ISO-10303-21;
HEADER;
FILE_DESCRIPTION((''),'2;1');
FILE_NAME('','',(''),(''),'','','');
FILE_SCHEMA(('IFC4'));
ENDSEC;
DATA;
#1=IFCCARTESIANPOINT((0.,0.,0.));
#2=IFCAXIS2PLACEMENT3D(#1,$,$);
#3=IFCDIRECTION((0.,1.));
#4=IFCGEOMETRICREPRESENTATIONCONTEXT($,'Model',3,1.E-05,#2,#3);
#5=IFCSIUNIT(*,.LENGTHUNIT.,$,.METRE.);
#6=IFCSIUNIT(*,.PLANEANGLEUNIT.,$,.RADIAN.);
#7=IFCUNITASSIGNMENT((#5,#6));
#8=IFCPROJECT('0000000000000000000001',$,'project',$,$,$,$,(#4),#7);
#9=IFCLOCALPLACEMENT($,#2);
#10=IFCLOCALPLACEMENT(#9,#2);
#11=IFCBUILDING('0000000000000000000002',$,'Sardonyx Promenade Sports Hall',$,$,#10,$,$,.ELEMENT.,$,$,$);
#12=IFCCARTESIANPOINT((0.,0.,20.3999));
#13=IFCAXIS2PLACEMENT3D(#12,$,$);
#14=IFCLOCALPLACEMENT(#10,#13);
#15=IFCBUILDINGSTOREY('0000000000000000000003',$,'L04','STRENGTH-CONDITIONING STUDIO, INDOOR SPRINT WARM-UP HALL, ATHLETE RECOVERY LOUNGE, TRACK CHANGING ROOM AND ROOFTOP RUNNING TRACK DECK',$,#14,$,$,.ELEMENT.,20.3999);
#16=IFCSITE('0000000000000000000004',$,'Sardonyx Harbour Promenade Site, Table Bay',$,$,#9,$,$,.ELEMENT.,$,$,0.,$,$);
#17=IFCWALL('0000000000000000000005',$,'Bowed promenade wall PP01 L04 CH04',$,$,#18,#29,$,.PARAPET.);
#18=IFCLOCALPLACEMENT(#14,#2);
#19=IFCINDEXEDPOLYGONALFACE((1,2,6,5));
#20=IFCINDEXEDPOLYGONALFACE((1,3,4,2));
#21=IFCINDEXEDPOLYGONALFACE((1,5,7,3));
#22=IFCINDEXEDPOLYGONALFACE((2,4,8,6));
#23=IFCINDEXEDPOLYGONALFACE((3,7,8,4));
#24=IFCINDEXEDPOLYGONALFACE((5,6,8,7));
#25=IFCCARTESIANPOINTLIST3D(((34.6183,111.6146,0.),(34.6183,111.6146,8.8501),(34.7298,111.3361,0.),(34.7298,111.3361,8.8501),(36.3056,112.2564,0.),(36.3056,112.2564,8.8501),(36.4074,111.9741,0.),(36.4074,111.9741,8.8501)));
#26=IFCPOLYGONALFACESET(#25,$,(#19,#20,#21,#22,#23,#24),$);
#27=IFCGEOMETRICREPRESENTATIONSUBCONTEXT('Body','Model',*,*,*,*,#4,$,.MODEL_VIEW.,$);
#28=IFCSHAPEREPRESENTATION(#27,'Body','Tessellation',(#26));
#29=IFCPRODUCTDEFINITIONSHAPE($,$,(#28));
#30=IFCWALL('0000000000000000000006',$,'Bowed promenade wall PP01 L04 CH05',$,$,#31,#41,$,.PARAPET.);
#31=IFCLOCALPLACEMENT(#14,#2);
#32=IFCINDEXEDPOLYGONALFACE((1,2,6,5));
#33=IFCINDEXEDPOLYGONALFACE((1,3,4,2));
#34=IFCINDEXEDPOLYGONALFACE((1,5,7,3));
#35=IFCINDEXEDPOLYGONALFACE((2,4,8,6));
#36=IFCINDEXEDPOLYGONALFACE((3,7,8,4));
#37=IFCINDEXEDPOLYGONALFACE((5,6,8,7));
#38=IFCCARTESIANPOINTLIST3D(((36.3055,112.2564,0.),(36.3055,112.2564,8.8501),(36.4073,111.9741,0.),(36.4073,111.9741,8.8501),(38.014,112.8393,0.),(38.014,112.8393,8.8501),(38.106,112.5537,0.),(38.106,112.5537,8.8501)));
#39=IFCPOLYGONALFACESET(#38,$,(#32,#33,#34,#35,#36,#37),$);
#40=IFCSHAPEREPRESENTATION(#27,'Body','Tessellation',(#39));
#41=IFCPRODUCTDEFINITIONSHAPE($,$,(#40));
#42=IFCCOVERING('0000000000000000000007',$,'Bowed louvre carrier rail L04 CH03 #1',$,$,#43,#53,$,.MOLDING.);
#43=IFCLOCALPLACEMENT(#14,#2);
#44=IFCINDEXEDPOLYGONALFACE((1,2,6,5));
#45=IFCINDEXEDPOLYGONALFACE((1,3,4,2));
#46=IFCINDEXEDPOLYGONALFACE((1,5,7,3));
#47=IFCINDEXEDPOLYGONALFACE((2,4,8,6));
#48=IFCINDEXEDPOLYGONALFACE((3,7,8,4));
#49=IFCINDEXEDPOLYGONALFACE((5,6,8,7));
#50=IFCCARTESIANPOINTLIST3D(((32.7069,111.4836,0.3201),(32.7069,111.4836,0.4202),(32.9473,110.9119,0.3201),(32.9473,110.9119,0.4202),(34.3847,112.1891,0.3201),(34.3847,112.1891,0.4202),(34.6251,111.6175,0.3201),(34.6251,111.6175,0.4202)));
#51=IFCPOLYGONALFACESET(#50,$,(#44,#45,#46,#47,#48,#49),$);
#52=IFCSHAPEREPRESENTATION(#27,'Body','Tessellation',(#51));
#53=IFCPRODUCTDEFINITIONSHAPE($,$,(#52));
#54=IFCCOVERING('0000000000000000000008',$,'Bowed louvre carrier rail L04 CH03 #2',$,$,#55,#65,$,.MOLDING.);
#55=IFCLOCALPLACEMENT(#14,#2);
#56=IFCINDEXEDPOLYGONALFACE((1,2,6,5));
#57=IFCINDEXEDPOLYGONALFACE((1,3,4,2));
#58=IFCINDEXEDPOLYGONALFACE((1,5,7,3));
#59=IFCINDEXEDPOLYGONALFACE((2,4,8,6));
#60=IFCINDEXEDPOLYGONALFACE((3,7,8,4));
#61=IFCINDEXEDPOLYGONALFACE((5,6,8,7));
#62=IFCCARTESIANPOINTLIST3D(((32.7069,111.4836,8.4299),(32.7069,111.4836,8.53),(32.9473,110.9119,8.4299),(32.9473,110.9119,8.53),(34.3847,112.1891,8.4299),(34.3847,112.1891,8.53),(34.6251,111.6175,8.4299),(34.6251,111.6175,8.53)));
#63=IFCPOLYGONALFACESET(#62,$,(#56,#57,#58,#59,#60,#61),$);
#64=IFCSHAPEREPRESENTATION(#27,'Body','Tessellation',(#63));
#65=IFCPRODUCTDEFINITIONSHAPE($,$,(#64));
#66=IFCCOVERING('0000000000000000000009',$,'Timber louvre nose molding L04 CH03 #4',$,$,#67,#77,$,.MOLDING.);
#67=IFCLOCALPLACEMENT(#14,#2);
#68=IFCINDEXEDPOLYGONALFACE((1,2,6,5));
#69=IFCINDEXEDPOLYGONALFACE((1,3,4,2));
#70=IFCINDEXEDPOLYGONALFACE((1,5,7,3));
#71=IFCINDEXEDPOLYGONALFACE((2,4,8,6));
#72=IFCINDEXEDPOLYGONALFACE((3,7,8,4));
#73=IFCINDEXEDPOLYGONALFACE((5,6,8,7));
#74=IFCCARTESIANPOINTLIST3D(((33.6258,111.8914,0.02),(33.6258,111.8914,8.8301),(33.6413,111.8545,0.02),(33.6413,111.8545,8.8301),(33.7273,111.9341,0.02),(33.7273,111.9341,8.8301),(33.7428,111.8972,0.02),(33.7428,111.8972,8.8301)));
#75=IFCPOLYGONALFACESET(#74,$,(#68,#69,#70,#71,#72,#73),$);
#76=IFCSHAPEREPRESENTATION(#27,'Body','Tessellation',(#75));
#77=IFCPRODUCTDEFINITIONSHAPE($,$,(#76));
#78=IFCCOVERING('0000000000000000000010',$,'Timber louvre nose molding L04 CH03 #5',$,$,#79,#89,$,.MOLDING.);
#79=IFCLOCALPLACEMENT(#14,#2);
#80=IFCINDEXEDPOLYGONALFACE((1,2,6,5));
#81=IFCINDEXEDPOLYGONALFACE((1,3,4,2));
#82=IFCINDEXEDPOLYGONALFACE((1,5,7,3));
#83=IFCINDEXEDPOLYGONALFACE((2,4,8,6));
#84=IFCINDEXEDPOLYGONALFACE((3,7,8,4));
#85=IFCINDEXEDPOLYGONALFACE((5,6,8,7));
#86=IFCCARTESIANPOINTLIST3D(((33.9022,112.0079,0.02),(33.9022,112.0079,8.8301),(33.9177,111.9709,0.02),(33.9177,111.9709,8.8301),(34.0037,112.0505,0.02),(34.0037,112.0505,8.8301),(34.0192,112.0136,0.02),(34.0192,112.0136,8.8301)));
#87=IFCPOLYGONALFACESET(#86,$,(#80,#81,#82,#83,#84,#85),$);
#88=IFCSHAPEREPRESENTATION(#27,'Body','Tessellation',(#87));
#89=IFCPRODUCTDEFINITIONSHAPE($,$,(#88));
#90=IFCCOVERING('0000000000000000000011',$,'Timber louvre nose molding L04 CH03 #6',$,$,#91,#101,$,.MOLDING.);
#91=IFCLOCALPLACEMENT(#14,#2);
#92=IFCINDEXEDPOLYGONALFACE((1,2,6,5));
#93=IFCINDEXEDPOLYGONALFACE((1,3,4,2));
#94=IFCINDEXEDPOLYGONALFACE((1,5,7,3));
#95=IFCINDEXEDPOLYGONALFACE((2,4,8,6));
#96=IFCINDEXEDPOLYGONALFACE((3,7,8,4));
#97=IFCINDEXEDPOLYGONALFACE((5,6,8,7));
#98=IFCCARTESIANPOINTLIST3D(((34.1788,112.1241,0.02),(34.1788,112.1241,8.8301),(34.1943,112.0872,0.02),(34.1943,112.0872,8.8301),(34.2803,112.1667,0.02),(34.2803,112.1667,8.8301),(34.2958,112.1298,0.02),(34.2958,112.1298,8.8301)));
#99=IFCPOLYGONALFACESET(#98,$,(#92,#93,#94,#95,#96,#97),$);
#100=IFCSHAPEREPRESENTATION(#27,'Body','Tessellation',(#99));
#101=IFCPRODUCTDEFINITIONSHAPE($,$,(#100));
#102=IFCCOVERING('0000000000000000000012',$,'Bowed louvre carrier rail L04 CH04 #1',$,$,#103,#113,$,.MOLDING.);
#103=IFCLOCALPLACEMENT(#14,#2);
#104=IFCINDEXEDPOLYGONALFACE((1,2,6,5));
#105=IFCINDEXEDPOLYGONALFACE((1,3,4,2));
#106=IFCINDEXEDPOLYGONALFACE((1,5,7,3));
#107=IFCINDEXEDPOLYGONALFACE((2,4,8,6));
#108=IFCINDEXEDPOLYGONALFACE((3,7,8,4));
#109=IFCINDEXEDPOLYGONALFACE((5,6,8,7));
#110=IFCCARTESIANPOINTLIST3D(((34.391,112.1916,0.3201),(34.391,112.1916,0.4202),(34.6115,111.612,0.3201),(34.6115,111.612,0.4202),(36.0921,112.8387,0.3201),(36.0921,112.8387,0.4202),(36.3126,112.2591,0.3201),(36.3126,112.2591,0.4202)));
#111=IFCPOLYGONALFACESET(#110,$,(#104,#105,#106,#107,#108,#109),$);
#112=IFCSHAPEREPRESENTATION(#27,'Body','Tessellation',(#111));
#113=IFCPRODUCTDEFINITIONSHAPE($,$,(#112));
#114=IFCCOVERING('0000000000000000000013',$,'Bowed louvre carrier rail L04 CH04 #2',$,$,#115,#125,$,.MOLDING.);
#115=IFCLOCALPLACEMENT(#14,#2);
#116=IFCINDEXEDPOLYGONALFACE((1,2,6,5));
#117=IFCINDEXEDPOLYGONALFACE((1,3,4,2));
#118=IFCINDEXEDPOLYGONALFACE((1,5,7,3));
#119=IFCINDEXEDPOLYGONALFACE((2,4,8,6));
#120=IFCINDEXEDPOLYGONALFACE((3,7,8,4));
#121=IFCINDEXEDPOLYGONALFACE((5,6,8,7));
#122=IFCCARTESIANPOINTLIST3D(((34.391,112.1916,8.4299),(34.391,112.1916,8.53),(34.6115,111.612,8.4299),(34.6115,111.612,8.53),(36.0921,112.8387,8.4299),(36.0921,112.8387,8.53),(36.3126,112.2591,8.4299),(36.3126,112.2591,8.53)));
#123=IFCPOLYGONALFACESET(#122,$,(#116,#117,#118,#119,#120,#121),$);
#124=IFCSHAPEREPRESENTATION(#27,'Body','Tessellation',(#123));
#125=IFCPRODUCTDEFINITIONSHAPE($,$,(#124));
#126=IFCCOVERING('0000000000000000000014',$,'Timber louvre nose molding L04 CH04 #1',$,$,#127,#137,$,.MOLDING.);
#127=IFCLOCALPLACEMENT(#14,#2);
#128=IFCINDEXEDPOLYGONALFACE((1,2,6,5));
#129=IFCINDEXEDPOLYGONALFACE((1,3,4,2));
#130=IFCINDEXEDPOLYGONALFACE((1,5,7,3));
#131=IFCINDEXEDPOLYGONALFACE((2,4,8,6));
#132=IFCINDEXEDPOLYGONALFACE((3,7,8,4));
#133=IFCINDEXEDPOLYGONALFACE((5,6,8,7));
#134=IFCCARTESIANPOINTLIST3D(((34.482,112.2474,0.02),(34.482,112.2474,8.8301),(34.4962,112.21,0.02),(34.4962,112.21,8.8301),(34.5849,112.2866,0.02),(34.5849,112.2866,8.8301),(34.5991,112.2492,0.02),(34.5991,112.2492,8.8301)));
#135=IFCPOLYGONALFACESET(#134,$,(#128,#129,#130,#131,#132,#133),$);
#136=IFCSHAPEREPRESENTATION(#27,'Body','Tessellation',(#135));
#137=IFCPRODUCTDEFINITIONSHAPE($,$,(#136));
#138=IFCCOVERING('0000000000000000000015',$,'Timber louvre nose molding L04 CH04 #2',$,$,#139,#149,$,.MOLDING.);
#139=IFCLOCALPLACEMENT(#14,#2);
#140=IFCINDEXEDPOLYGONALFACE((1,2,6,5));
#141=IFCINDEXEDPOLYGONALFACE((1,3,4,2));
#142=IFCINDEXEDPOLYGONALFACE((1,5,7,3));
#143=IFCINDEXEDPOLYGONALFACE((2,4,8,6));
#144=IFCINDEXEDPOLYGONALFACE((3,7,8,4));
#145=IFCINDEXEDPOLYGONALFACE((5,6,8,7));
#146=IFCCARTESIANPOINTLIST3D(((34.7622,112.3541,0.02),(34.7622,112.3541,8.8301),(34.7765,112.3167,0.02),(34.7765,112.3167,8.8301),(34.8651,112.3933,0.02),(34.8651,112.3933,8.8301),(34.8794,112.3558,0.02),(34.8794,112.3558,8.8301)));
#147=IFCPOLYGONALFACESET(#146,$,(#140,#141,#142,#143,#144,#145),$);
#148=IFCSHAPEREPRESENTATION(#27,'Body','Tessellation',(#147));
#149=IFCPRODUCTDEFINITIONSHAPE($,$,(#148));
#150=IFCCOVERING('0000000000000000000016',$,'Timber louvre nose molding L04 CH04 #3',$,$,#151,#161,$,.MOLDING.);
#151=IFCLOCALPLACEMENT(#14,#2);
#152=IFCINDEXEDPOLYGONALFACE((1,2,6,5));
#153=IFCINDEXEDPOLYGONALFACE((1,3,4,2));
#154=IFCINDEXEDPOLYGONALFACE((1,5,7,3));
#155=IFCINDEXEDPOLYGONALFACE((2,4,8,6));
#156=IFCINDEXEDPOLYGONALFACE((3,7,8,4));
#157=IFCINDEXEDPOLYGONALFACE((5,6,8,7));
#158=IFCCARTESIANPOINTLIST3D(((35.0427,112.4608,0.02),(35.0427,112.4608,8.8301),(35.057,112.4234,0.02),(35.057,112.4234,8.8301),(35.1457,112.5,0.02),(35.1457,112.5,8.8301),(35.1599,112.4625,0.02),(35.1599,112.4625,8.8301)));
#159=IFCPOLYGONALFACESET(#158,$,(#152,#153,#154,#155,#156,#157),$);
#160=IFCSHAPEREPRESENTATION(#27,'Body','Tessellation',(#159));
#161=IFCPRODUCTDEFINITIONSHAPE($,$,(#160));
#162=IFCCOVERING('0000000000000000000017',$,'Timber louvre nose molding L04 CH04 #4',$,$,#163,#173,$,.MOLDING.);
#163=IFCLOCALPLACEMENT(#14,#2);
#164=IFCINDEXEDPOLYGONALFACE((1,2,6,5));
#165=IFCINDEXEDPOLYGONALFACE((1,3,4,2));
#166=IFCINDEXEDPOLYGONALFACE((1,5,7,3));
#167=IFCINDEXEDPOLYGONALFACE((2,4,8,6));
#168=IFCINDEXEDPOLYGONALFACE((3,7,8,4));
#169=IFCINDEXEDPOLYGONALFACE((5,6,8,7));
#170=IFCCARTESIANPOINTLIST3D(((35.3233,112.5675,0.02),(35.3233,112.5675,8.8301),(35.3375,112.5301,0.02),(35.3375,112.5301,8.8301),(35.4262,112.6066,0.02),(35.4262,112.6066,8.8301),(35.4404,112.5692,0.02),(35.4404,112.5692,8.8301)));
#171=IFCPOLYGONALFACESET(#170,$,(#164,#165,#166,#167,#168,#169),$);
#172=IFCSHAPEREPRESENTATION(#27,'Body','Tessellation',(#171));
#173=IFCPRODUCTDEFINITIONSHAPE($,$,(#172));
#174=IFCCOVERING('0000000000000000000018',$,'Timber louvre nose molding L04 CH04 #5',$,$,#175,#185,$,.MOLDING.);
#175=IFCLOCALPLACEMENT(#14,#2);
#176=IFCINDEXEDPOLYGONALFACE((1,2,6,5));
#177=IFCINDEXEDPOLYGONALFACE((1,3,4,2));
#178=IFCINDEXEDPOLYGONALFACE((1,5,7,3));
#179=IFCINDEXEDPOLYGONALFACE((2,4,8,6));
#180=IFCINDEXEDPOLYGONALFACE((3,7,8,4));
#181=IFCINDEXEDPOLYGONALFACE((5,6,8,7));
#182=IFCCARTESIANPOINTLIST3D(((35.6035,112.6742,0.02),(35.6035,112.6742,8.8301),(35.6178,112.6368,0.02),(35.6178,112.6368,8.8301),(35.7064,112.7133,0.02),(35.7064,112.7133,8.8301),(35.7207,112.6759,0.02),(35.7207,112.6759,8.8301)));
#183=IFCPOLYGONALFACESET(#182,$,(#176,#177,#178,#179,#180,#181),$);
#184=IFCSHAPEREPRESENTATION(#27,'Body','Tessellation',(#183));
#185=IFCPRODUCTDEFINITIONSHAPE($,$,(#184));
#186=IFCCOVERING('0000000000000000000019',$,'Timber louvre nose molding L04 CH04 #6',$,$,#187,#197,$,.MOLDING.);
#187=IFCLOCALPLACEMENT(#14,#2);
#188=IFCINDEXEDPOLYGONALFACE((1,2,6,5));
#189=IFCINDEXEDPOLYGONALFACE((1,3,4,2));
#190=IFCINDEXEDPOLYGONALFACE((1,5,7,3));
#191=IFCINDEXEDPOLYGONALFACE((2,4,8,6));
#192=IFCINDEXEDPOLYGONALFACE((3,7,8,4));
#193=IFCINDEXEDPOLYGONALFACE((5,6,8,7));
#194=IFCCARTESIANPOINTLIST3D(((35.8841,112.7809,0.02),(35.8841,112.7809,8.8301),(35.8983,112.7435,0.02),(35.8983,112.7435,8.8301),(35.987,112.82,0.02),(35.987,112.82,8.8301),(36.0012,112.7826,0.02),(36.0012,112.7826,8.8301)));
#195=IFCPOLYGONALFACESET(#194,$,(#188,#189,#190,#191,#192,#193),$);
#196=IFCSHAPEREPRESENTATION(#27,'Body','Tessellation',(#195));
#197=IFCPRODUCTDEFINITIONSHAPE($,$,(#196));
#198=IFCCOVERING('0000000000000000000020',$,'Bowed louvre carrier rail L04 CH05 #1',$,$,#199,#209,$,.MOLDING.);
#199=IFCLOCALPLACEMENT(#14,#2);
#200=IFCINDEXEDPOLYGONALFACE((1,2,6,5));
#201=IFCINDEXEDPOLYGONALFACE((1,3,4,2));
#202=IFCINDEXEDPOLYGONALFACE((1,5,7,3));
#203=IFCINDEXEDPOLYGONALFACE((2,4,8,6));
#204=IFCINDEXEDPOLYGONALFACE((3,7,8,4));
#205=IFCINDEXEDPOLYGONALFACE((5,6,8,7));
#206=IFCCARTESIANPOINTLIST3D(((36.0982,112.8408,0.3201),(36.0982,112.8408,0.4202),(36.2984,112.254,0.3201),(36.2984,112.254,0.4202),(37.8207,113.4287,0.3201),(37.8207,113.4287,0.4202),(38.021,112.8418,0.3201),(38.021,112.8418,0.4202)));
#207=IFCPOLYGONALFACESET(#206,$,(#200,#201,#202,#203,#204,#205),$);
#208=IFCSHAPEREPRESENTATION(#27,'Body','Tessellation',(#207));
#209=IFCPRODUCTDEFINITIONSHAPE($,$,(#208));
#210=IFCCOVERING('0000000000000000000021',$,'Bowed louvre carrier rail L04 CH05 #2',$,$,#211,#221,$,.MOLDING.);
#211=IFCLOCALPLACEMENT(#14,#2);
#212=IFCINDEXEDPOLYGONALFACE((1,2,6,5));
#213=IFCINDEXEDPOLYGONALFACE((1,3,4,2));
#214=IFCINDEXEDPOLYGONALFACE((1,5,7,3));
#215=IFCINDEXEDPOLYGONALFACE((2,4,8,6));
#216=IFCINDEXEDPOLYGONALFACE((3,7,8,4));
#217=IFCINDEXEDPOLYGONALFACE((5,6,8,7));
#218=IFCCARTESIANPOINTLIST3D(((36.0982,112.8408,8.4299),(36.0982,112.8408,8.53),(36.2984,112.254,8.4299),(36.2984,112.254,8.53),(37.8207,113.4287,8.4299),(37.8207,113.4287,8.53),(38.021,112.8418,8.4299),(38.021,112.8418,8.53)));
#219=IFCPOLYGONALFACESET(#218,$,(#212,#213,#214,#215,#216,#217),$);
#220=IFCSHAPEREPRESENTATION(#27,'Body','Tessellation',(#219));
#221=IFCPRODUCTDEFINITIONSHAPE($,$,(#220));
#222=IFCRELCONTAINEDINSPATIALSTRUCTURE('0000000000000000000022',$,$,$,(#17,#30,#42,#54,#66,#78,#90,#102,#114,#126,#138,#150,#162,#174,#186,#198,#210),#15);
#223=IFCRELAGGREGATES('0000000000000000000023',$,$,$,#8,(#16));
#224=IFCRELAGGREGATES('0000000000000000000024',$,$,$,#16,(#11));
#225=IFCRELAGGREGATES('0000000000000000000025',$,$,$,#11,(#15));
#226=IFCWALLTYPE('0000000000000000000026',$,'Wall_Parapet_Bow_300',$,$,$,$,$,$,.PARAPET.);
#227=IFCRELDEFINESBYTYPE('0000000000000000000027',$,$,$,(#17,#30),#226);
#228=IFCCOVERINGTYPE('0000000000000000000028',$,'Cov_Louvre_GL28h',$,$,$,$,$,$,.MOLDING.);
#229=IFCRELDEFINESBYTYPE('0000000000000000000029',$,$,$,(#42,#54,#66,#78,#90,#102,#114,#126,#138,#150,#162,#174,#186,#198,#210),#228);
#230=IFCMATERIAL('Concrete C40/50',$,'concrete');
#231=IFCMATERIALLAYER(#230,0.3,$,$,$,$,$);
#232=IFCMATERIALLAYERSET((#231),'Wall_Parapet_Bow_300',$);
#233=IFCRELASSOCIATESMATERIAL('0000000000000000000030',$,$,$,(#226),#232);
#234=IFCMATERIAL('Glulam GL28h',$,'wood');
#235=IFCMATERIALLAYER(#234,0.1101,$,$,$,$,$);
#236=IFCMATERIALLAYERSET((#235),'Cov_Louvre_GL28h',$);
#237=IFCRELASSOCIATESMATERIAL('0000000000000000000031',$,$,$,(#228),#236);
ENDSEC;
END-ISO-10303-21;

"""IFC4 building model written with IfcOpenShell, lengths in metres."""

from ifc_helpers import new_model, si_unit, direction, frame, origin, origin_2d, place, context, subcontext, project, spatial, polyline, rectangle, outline, extrude, material, layer, layer_set, type_object, element, save


model = new_model("IFC4")

# Units and contexts
model_context = context("Model", 3, precision=1e-05, world=origin(), true_north=direction((0.0, 1.0)))
body_context = subcontext(model_context, "Body", "Model", "MODEL_VIEW")
ifc_project = project(units=[si_unit("LENGTHUNIT", "METRE"), si_unit("PLANEANGLEUNIT", "RADIAN")], contexts=[model_context])

# Site, building, storey
site_placement = place(None, origin())
site = spatial("IfcSite", under=ifc_project, at=site_placement, Name="Sardonyx Harbour Promenade Site, Table Bay", CompositionType="ELEMENT", RefElevation=0.0)
building_placement = place(site_placement, origin())
building = spatial("IfcBuilding", under=site, at=building_placement, Name="Sardonyx Promenade Sports Hall", CompositionType="ELEMENT")
storey_placement = place(building_placement, frame((0.0, 0.0, 20.3999)))
storey = spatial("IfcBuildingStorey", under=building, at=storey_placement, Name="L04", Description="STRENGTH-CONDITIONING STUDIO, INDOOR SPRINT WARM-UP HALL, ATHLETE RECOVERY LOUNGE, TRACK CHANGING ROOM AND ROOFTOP RUNNING TRACK DECK", CompositionType="ELEMENT", Elevation=20.3999)

# Walls
ifc_material_1 = material(Name="Concrete C40/50", Category="concrete")
ifc_layer_1 = layer(ifc_material_1, 0.3)
ifc_layer_set_1 = layer_set([ifc_layer_1], Name="Wall_Parapet_Bow_300")
wall_type = type_object("IfcWallType", Name="Wall_Parapet_Bow_300", PredefinedType="PARAPET", material=ifc_layer_set_1)
wall_1_placement = place(storey_placement, frame((34.6741, 111.4753, 0.0), z_axis=(0.0, 0.0, 1.0), x_axis=(0.934675, 0.355505, 0.0)))
element("IfcWall", 1, at=wall_1_placement, inside=storey, type_object=wall_type, Name="Bowed promenade wall PP01 L04 CH04", PredefinedType="PARAPET", context=body_context, shape_type="SweptSolid", body=[
    extrude(outline(polyline([(0.0026, -0.15), (1.7974, -0.15), (1.8026, 0.15), (-0.0026, 0.15), (0.0026, -0.15)])), origin(), (0.0, 0.0, 1.0), 8.8501),
])
wall_2_placement = place(storey_placement, frame((36.3564, 112.1152, 0.0), z_axis=(0.0, 0.0, 1.0), x_axis=(0.946422, 0.322934, 0.0)))
element("IfcWall", 2, at=wall_2_placement, inside=storey, type_object=wall_type, Name="Bowed promenade wall PP01 L04 CH05", PredefinedType="PARAPET", context=body_context, shape_type="SweptSolid", body=[
    extrude(outline(polyline([(0.0026, -0.15), (1.7974, -0.15), (1.8026, 0.15), (-0.0026, 0.15), (0.0026, -0.15)])), origin(), (0.0, 0.0, 1.0), 8.8501),
])

# Coverings
ifc_material_2 = material(Name="Glulam GL28h", Category="wood")
ifc_layer_2 = layer(ifc_material_2, 0.1101)
ifc_layer_set_2 = layer_set([ifc_layer_2], Name="Cov_Louvre_GL28h")
covering_type = type_object("IfcCoveringType", Name="Cov_Louvre_GL28h", PredefinedType="MOLDING", material=ifc_layer_set_2)
for number, where, z_axis, x_axis, name in (
    (3, (33.666, 111.5505, 0.3201), (0.0, 0.0, 1.0), (0.9218, 0.387665, 0.0), "Bowed louvre carrier rail L04 CH03 #1"),
    (4, (33.666, 111.5505, 8.4299), (0.0, 0.0, 1.0), (0.9218, 0.387665, 0.0), "Bowed louvre carrier rail L04 CH03 #2"),
):
    element("IfcCovering", number, at=place(storey_placement, frame(where, z_axis=z_axis, x_axis=x_axis)), inside=storey, type_object=covering_type, Name=name, PredefinedType="MOLDING", context=body_context, shape_type="SweptSolid", body=[
        extrude(rectangle(XDim=1.8201, YDim=0.6201, at=origin_2d()), origin(), (0.0, 0.0, 1.0), 0.1001),
    ])
for number, where, z_axis, x_axis, name in (
    (5, (33.6843, 111.8943, 0.02), (0.0, 0.0, 1.0), (0.9218, 0.387665, 0.0), "Timber louvre nose molding L04 CH03 #4"),
    (6, (33.9607, 112.0107, 0.02), (0.0, 0.0, 1.0), (0.9218, 0.387665, 0.0), "Timber louvre nose molding L04 CH03 #5"),
    (7, (34.2373, 112.127, 0.02), (0.0, 0.0, 1.0), (0.9218, 0.387665, 0.0), "Timber louvre nose molding L04 CH03 #6"),
):
    element("IfcCovering", number, at=place(storey_placement, frame(where, z_axis=z_axis, x_axis=x_axis)), inside=storey, type_object=covering_type, Name=name, PredefinedType="MOLDING", context=body_context, shape_type="SweptSolid", body=[
        extrude(rectangle(XDim=0.1101, YDim=0.04, at=origin_2d()), origin(), (0.0, 0.0, 1.0), 8.8101),
    ])
for number, where, z_axis, x_axis, name in (
    (8, (35.3518, 112.2253, 0.3201), (0.0, 0.0, 1.0), (0.934666, 0.355528, 0.0), "Bowed louvre carrier rail L04 CH04 #1"),
    (9, (35.3518, 112.2253, 8.4299), (0.0, 0.0, 1.0), (0.934666, 0.355528, 0.0), "Bowed louvre carrier rail L04 CH04 #2"),
):
    element("IfcCovering", number, at=place(storey_placement, frame(where, z_axis=z_axis, x_axis=x_axis)), inside=storey, type_object=covering_type, Name=name, PredefinedType="MOLDING", context=body_context, shape_type="SweptSolid", body=[
        extrude(rectangle(XDim=1.8201, YDim=0.6201, at=origin_2d()), origin(), (0.0, 0.0, 1.0), 0.1001),
    ])
for number, where, z_axis, x_axis, name in (
    (10, (34.5405, 112.2483, 0.02), (0.0, 0.0, 1.0), (0.934666, 0.355528, 0.0), "Timber louvre nose molding L04 CH04 #1"),
    (11, (34.8208, 112.355, 0.02), (0.0, 0.0, 1.0), (0.934666, 0.355528, 0.0), "Timber louvre nose molding L04 CH04 #2"),
    (12, (35.1013, 112.4617, 0.02), (0.0, 0.0, 1.0), (0.934666, 0.355528, 0.0), "Timber louvre nose molding L04 CH04 #3"),
    (13, (35.3818, 112.5684, 0.02), (0.0, 0.0, 1.0), (0.934666, 0.355528, 0.0), "Timber louvre nose molding L04 CH04 #4"),
    (14, (35.6621, 112.675, 0.02), (0.0, 0.0, 1.0), (0.934666, 0.355528, 0.0), "Timber louvre nose molding L04 CH04 #5"),
    (15, (35.9426, 112.7817, 0.02), (0.0, 0.0, 1.0), (0.934666, 0.355528, 0.0), "Timber louvre nose molding L04 CH04 #6"),
):
    element("IfcCovering", number, at=place(storey_placement, frame(where, z_axis=z_axis, x_axis=x_axis)), inside=storey, type_object=covering_type, Name=name, PredefinedType="MOLDING", context=body_context, shape_type="SweptSolid", body=[
        extrude(rectangle(XDim=0.1101, YDim=0.04, at=origin_2d()), origin(), (0.0, 0.0, 1.0), 8.8101),
    ])
for number, where, z_axis, x_axis, name in (
    (16, (37.0596, 112.8413, 0.3201), (0.0, 0.0, 1.0), (0.946411, 0.322966, 0.0), "Bowed louvre carrier rail L04 CH05 #1"),
    (17, (37.0596, 112.8413, 8.4299), (0.0, 0.0, 1.0), (0.946411, 0.322966, 0.0), "Bowed louvre carrier rail L04 CH05 #2"),
):
    element("IfcCovering", number, at=place(storey_placement, frame(where, z_axis=z_axis, x_axis=x_axis)), inside=storey, type_object=covering_type, Name=name, PredefinedType="MOLDING", context=body_context, shape_type="SweptSolid", body=[
        extrude(rectangle(XDim=1.8201, YDim=0.6201, at=origin_2d()), origin(), (0.0, 0.0, 1.0), 0.1001),
    ])

save(model, "model.ifc")
